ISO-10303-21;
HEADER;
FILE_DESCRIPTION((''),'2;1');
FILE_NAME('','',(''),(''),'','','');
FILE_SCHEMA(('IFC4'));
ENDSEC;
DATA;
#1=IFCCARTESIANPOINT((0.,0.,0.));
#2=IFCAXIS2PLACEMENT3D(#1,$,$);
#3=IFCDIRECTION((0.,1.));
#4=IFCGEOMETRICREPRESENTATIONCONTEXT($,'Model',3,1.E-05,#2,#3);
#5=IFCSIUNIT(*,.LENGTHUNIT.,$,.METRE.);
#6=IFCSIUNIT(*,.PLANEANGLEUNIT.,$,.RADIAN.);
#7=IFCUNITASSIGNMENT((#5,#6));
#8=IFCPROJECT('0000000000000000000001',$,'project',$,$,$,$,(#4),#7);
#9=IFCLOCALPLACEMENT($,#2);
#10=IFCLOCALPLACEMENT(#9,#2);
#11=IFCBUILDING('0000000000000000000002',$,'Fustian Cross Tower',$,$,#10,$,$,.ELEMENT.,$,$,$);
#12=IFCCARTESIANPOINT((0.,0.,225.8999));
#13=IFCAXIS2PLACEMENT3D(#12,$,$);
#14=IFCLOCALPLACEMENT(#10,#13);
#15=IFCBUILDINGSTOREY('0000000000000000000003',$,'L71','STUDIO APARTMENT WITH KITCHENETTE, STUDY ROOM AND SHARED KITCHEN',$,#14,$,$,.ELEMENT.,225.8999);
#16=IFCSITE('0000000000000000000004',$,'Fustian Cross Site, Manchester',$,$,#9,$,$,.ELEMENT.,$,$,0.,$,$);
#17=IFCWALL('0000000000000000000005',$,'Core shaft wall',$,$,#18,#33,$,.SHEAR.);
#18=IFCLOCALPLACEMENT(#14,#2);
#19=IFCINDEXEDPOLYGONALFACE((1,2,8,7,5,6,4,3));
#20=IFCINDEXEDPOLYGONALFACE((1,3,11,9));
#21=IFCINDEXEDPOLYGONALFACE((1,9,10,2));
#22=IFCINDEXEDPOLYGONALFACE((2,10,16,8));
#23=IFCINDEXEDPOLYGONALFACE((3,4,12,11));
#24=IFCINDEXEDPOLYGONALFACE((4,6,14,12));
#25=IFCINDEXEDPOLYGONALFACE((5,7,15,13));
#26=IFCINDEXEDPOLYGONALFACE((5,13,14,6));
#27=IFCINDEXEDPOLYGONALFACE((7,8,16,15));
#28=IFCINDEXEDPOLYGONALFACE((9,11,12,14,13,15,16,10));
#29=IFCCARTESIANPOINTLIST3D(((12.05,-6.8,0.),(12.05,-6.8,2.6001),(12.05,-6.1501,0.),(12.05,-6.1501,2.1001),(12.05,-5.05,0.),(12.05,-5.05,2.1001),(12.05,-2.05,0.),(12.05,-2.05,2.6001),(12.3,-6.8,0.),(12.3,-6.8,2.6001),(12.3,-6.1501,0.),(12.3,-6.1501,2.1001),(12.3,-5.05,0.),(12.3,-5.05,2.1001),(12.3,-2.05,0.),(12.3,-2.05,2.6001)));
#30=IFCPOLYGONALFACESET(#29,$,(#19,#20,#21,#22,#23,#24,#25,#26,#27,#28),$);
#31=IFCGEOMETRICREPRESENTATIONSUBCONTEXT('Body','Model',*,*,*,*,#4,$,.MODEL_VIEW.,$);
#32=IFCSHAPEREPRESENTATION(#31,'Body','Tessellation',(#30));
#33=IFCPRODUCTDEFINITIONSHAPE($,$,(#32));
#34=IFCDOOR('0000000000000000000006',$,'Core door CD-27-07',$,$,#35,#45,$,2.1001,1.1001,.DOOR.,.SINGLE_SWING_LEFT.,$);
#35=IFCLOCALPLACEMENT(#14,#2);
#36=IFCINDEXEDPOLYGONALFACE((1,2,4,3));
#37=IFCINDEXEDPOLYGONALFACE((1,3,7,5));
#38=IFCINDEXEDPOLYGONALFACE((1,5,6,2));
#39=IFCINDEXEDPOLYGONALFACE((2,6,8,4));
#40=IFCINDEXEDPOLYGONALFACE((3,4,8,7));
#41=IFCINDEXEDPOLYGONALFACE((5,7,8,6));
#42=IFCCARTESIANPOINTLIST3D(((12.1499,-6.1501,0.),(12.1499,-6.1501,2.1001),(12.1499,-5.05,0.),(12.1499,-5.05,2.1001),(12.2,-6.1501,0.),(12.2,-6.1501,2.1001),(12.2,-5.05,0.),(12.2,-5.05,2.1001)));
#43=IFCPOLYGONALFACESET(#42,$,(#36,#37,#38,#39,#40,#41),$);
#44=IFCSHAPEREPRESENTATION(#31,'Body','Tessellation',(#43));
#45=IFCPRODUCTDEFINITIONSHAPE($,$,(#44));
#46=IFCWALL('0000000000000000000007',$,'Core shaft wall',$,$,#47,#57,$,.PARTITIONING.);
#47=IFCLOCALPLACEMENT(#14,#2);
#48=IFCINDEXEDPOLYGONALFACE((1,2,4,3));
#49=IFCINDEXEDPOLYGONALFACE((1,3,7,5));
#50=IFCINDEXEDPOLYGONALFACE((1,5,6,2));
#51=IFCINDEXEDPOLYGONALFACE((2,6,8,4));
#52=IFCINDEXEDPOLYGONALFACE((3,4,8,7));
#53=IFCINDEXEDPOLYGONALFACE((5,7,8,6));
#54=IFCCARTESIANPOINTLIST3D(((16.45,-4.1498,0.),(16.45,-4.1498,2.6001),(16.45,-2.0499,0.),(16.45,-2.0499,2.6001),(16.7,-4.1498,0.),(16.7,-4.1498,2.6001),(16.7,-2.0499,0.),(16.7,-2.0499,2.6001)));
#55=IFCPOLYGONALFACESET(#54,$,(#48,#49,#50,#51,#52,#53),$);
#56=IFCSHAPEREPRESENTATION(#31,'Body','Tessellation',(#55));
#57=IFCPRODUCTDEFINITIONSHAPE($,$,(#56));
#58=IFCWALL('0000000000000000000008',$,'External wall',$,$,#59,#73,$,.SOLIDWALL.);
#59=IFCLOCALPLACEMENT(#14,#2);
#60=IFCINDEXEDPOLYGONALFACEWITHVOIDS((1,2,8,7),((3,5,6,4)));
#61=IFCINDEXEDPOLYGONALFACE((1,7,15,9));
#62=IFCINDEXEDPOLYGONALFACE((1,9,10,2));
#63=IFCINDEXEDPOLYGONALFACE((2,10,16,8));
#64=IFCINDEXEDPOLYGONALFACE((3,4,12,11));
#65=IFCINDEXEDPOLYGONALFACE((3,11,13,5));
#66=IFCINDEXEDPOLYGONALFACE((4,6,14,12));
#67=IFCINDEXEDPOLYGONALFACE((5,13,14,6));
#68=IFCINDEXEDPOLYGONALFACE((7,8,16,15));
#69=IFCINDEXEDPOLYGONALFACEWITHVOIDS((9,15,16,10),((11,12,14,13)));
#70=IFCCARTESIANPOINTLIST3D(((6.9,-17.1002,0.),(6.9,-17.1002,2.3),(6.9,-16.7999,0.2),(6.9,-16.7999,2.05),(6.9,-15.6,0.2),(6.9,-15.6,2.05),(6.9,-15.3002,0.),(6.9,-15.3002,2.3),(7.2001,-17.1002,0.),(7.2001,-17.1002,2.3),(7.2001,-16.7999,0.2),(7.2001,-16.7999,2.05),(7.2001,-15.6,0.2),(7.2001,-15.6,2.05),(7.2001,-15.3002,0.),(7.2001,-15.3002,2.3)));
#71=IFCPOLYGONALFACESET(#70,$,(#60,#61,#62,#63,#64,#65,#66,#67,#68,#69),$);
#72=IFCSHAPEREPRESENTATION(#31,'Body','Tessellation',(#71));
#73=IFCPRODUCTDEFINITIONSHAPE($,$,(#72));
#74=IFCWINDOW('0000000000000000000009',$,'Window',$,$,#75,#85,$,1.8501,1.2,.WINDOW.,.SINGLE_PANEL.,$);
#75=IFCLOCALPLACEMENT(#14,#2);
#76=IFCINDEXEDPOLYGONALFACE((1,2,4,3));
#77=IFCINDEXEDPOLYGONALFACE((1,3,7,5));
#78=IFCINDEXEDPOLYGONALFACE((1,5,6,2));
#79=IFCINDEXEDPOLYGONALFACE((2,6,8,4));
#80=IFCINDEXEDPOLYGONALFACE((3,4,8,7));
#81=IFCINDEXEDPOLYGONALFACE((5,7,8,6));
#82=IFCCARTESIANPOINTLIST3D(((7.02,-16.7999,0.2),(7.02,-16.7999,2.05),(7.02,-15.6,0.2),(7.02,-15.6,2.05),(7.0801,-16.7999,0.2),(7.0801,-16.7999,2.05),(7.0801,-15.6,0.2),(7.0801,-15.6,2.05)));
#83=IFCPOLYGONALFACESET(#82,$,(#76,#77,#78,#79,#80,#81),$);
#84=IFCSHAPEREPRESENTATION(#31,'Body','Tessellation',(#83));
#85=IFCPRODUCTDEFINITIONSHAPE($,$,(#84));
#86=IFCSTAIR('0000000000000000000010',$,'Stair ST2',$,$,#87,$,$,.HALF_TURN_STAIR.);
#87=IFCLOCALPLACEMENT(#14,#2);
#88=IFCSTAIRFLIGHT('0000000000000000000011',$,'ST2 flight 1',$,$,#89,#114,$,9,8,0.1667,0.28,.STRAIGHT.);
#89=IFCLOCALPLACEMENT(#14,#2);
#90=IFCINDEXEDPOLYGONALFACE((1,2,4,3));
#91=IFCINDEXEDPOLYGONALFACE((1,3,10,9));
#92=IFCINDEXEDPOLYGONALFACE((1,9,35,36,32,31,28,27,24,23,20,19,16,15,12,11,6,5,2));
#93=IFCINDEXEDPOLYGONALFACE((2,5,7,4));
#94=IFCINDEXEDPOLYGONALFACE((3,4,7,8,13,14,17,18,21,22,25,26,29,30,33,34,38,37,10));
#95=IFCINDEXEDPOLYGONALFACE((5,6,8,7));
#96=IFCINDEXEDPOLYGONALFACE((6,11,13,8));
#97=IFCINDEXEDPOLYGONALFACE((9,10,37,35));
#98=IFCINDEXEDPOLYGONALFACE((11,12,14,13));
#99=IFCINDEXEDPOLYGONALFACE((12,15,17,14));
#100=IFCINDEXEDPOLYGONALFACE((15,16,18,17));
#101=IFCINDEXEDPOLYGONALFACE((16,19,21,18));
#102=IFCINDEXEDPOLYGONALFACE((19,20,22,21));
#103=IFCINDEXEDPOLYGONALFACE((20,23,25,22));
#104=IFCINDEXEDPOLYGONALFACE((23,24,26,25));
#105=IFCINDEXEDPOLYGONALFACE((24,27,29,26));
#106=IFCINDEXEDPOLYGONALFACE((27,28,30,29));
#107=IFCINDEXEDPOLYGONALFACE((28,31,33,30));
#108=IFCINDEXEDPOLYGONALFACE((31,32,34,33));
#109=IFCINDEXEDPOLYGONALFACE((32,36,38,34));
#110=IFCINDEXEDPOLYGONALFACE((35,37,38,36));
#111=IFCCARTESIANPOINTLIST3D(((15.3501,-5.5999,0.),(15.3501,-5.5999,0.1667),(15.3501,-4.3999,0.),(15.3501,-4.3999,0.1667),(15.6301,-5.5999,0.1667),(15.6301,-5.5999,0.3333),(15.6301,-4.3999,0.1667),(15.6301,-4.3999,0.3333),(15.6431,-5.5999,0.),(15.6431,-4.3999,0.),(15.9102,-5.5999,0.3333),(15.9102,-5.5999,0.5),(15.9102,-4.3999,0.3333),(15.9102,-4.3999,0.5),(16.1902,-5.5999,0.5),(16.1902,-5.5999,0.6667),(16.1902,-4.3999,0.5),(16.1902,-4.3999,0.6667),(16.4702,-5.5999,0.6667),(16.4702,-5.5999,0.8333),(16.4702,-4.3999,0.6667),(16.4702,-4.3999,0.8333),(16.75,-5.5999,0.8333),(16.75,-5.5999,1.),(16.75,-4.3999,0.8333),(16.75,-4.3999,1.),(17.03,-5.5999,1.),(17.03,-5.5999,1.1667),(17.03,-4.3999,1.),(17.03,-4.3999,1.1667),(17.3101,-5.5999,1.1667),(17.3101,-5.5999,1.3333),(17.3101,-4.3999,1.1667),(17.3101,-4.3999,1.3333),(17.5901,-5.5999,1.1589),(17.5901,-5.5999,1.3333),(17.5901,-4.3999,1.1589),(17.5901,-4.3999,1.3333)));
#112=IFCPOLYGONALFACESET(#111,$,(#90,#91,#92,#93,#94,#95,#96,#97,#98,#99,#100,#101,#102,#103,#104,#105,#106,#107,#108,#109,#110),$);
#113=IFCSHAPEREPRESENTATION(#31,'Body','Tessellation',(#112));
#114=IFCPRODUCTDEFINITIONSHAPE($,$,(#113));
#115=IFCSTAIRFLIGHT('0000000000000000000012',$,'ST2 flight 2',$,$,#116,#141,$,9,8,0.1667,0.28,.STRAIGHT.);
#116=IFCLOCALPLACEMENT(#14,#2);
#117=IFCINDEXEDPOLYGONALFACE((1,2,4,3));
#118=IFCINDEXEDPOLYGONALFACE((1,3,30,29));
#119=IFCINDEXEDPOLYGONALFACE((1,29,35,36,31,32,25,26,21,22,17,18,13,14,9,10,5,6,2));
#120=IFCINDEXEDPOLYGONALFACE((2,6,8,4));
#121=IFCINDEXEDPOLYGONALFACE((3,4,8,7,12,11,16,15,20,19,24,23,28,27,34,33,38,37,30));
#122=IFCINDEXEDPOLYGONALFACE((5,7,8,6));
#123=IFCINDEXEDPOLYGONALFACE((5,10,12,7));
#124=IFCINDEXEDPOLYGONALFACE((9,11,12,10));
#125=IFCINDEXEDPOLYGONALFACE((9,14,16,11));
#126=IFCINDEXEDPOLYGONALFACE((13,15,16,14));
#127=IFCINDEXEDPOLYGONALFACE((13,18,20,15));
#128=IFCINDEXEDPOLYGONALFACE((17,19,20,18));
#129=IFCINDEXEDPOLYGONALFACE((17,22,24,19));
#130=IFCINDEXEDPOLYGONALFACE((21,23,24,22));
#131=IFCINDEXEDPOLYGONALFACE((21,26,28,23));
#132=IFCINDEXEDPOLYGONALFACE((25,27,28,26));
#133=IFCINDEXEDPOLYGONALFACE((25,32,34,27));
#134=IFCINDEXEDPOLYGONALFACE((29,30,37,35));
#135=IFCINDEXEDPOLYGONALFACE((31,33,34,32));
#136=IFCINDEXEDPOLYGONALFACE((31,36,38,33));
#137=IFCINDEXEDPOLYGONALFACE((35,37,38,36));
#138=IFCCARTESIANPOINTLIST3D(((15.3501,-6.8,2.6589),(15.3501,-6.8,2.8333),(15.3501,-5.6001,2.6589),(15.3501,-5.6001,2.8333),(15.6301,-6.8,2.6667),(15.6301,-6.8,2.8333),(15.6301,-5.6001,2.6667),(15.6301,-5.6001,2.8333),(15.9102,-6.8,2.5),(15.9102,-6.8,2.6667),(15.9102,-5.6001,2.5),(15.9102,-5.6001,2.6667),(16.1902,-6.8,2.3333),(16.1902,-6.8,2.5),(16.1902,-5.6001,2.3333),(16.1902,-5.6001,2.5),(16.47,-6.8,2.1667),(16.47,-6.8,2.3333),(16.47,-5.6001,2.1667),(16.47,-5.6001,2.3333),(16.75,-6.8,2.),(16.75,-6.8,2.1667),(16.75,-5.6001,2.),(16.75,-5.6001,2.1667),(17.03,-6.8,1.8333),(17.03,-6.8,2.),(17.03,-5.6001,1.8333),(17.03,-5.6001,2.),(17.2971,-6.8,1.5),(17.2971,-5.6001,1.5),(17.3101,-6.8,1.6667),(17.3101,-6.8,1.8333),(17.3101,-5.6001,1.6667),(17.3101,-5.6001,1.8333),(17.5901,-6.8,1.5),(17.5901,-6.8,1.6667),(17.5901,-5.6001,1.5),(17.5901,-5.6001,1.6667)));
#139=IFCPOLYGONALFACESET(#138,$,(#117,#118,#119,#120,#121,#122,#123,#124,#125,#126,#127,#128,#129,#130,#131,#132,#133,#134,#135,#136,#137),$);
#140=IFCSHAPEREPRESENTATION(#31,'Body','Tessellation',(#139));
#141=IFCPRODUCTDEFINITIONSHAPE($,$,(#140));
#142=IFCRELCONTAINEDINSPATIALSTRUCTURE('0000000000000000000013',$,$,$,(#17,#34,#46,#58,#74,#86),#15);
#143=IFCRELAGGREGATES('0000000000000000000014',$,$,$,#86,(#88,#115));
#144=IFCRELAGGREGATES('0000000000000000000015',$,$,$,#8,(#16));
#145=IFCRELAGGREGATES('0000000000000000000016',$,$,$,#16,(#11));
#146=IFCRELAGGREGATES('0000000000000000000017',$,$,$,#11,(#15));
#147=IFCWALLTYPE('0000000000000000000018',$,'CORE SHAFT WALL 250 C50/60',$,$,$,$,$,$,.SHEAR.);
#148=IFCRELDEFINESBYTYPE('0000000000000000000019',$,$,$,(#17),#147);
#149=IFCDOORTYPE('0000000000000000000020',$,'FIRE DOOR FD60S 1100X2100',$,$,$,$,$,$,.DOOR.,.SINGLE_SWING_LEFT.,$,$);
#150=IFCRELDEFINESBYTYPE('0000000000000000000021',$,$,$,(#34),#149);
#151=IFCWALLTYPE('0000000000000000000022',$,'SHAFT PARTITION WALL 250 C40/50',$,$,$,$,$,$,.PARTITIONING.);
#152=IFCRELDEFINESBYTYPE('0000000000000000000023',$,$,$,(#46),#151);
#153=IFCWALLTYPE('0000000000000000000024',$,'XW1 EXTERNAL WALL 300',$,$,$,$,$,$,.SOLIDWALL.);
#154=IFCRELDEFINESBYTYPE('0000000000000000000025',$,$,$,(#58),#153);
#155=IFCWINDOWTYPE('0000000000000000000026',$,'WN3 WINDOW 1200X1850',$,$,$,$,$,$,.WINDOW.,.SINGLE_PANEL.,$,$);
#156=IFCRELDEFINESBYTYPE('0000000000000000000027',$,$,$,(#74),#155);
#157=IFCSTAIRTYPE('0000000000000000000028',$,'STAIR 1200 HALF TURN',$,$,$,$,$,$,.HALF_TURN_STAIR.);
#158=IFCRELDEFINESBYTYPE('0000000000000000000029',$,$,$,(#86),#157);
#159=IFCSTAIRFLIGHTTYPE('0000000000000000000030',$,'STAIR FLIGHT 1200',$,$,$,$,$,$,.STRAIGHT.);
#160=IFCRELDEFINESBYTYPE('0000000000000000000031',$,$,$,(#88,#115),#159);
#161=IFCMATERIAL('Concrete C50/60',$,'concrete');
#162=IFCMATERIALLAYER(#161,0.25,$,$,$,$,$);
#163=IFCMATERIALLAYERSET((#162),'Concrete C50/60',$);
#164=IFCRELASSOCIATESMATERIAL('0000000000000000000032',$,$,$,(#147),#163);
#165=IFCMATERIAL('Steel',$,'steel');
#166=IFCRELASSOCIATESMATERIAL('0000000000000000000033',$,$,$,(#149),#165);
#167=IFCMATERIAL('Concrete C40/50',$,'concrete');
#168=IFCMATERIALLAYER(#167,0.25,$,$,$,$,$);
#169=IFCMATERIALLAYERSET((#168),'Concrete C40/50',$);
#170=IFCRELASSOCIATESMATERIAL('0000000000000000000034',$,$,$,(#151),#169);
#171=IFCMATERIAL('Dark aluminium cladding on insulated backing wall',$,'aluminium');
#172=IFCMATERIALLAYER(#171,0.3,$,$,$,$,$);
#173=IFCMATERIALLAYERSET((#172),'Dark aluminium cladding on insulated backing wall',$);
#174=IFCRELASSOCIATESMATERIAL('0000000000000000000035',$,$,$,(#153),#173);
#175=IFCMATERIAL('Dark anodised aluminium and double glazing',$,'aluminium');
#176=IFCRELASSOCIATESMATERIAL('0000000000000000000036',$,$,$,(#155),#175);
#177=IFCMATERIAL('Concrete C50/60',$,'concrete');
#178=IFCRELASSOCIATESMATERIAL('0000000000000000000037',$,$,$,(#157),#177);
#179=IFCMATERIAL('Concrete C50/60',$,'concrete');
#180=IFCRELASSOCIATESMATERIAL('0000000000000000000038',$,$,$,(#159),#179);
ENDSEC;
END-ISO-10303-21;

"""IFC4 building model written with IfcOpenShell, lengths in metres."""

from ifc_helpers import new_model, si_unit, direction, frame, frame_2d, origin, place, context, subcontext, project, spatial, polyline, rectangle, outline, extrude, material, layer, layer_set, type_object, element, fill, aggregate, save


model = new_model("IFC4")

# Units and contexts
model_context = context("Model", 3, precision=1e-05, world=origin(), true_north=direction((0.0, 1.0)))
body_context = subcontext(model_context, "Body", "Model", "MODEL_VIEW")
ifc_project = project(units=[si_unit("LENGTHUNIT", "METRE"), si_unit("PLANEANGLEUNIT", "RADIAN")], contexts=[model_context])

# Site, building, storey
site_placement = place(None, origin())
site = spatial("IfcSite", under=ifc_project, at=site_placement, Name="Fustian Cross Site, Manchester", CompositionType="ELEMENT", RefElevation=0.0)
building_placement = place(site_placement, origin())
building = spatial("IfcBuilding", under=site, at=building_placement, Name="Fustian Cross Tower", CompositionType="ELEMENT")
storey_placement = place(building_placement, frame((0.0, 0.0, 225.8999)))
storey = spatial("IfcBuildingStorey", under=building, at=storey_placement, Name="L71", Description="STUDIO APARTMENT WITH KITCHENETTE, STUDY ROOM AND SHARED KITCHEN", CompositionType="ELEMENT", Elevation=225.8999)

# Shared definitions
ifc_material_1 = material(Name="Concrete C50/60", Category="concrete")
ifc_layer_1 = layer(ifc_material_1, 0.25)
ifc_layer_set_1 = layer_set([ifc_layer_1], Name="Concrete C50/60")
wall_type_1 = type_object("IfcWallType", Name="CORE SHAFT WALL 250 C50/60", PredefinedType="SHEAR", material=ifc_layer_set_1)

# Wall, opening, door
wall_1_placement = place(storey_placement, frame((12.175, -2.05, 0.0), z_axis=(0.0, 0.0, 1.0), x_axis=(0.0, -1.0, 0.0)))
wall_1 = element("IfcWall", 1, at=wall_1_placement, inside=storey, type_object=wall_type_1, Name="Core shaft wall", PredefinedType="SHEAR", context=body_context, shape_type="SweptSolid", body=[
    extrude(rectangle(XDim=4.75, YDim=0.25, at=frame_2d((2.375, 0.0))), origin(), (0.0, 0.0, 1.0), 2.6001),
])
opening_1_placement = place(wall_1_placement, frame((3.0, 0.0, 0.0)))
opening_1 = element("IfcOpeningElement", 2, at=opening_1_placement, cuts=wall_1, PredefinedType="OPENING", context=body_context, shape_type="SweptSolid", body=[
    extrude(rectangle(XDim=1.1001, YDim=2.1001, at=frame_2d((0.55, 1.05))), frame((0.0, 0.135, 0.0), z_axis=(0.0, -1.0, 0.0), x_axis=(1.0, 0.0, 0.0)), (0.0, 0.0, 1.0), 0.27),
])
ifc_material_2 = material(Name="Steel", Category="steel")
door_type_1 = type_object("IfcDoorType", Name="FIRE DOOR FD60S 1100X2100", OperationType="SINGLE_SWING_LEFT", PredefinedType="DOOR", material=ifc_material_2)
door_1_placement = place(opening_1_placement, origin())
door_1 = element("IfcDoor", 3, at=door_1_placement, inside=storey, type_object=door_type_1, Name="Core door CD-27-07", OperationType="SINGLE_SWING_LEFT", OverallHeight=2.1001, OverallWidth=1.1001, PredefinedType="DOOR", context=body_context, shape_type="SweptSolid", body=[
    extrude(rectangle(XDim=1.1001, YDim=2.1001, at=frame_2d((0.55, 1.05))), frame((0.0, 0.0249, 0.0), z_axis=(0.0, -1.0, 0.0), x_axis=(1.0, 0.0, 0.0)), (0.0, 0.0, 1.0), 0.05),
])
fill(opening_1, door_1)

# Wall
ifc_material_3 = material(Name="Concrete C40/50", Category="concrete")
ifc_layer_2 = layer(ifc_material_3, 0.25)
ifc_layer_set_2 = layer_set([ifc_layer_2], Name="Concrete C40/50")
wall_type_2 = type_object("IfcWallType", Name="SHAFT PARTITION WALL 250 C40/50", PredefinedType="PARTITIONING", material=ifc_layer_set_2)
wall_2_placement = place(storey_placement, frame((16.575, -2.05, 0.0), z_axis=(0.0, 0.0, 1.0), x_axis=(0.0, -1.0, 0.0)))
element("IfcWall", 4, at=wall_2_placement, inside=storey, type_object=wall_type_2, Name="Core shaft wall", PredefinedType="PARTITIONING", context=body_context, shape_type="SweptSolid", body=[
    extrude(rectangle(XDim=2.0999, YDim=0.25, at=frame_2d((1.0498, 0.0))), origin(), (0.0, 0.0, 1.0), 2.6001),
])

# Wall, opening, window
ifc_material_4 = material(Name="Dark aluminium cladding on insulated backing wall", Category="aluminium")
ifc_layer_3 = layer(ifc_material_4, 0.3)
ifc_layer_set_3 = layer_set([ifc_layer_3], Name="Dark aluminium cladding on insulated backing wall")
wall_type_3 = type_object("IfcWallType", Name="XW1 EXTERNAL WALL 300", PredefinedType="SOLIDWALL", material=ifc_layer_set_3)
wall_3_placement = place(storey_placement, frame((7.05, -17.1001, 0.0), z_axis=(0.0, 0.0, 1.0), x_axis=(0.0, 1.0, 0.0)))
wall_3 = element("IfcWall", 5, at=wall_3_placement, inside=storey, type_object=wall_type_3, Name="External wall", PredefinedType="SOLIDWALL", context=body_context, shape_type="SweptSolid", body=[
    extrude(rectangle(XDim=1.8, YDim=0.3, at=frame_2d((0.8999, 0.0))), origin(), (0.0, 0.0, 1.0), 2.3),
])
opening_2_placement = place(wall_3_placement, frame((0.3, 0.0, 0.2)))
opening_2 = element("IfcOpeningElement", 6, at=opening_2_placement, cuts=wall_3, PredefinedType="OPENING", context=body_context, shape_type="SweptSolid", body=[
    extrude(rectangle(XDim=1.2, YDim=1.8501, at=frame_2d((0.6001, 0.925))), frame((0.0, 0.1599, 0.0), z_axis=(0.0, -1.0, 0.0), x_axis=(1.0, 0.0, 0.0)), (0.0, 0.0, 1.0), 0.3201),
])
ifc_material_5 = material(Name="Dark anodised aluminium and double glazing", Category="aluminium")
window_type = type_object("IfcWindowType", Name="WN3 WINDOW 1200X1850", PartitioningType="SINGLE_PANEL", PredefinedType="WINDOW", material=ifc_material_5)
window_placement = place(opening_2_placement, origin())
window = element("IfcWindow", 7, at=window_placement, inside=storey, type_object=window_type, Name="Window", OverallHeight=1.8501, OverallWidth=1.2, PartitioningType="SINGLE_PANEL", PredefinedType="WINDOW", context=body_context, shape_type="SweptSolid", body=[
    extrude(rectangle(XDim=1.2, YDim=1.8501, at=frame_2d((0.6001, 0.925))), frame((0.0, 0.03, 0.0), z_axis=(0.0, -1.0, 0.0), x_axis=(1.0, 0.0, 0.0)), (0.0, 0.0, 1.0), 0.0601),
])
fill(opening_2, window)

# Stair, stair flights
ifc_material_6 = material(Name="Concrete C50/60", Category="concrete")
stair_type = type_object("IfcStairType", Name="STAIR 1200 HALF TURN", PredefinedType="HALF_TURN_STAIR", material=ifc_material_6)
stair_placement = place(storey_placement, origin())
stair = element("IfcStair", 8, at=stair_placement, inside=storey, type_object=stair_type, Name="Stair ST2", PredefinedType="HALF_TURN_STAIR")
ifc_material_7 = material(Name="Concrete C50/60", Category="concrete")
stair_flight_type = type_object("IfcStairFlightType", Name="STAIR FLIGHT 1200", PredefinedType="STRAIGHT", material=ifc_material_7)
stair_flight_1_placement = place(storey_placement, frame((15.3501, -5.0, 0.0), z_axis=(0.0, 0.0, 1.0), x_axis=(1.0, 0.0, 0.0)))
stair_flight_1 = element("IfcStairFlight", 9, at=stair_flight_1_placement, type_object=stair_flight_type, Name="ST2 flight 1", NumberOfRisers=9, NumberOfTreads=8, PredefinedType="STRAIGHT", RiserHeight=0.1667, TreadLength=0.28, context=body_context, shape_type="SweptSolid", body=[
    extrude(outline(polyline([(0.0, 0.0), (0.0, 0.1667), (0.28, 0.1667), (0.28, 0.3333), (0.5601, 0.3333), (0.5601, 0.5), (0.8401, 0.5), (0.8401, 0.6667), (1.1201, 0.6667), (1.1201, 0.8333), (1.3999, 0.8333), (1.3999, 1.0), (1.6799, 1.0), (1.6799, 1.1667), (1.96, 1.1667), (1.96, 1.3333), (2.24, 1.3333), (2.24, 1.5), (2.24, 1.1589), (0.293, 0.0), (0.0, 0.0)])), frame((0.0, 0.6001, 0.0), z_axis=(0.0, -1.0, 0.0), x_axis=(1.0, 0.0, 0.0)), (0.0, 0.0, 1.0), 1.2),
])
stair_flight_2_placement = place(storey_placement, frame((17.5901, -6.2, 1.5), z_axis=(0.0, 0.0, 1.0), x_axis=(-1.0, 0.0, 0.0)))
stair_flight_2 = element("IfcStairFlight", 10, at=stair_flight_2_placement, type_object=stair_flight_type, Name="ST2 flight 2", NumberOfRisers=9, NumberOfTreads=8, PredefinedType="STRAIGHT", RiserHeight=0.1667, TreadLength=0.28, context=body_context, shape_type="SweptSolid", body=[
    extrude(outline(polyline([(0.0, 0.0), (0.0, 0.1667), (0.28, 0.1667), (0.28, 0.3333), (0.5601, 0.3333), (0.5601, 0.5), (0.8401, 0.5), (0.8401, 0.6667), (1.1201, 0.6667), (1.1201, 0.8333), (1.3999, 0.8333), (1.3999, 1.0), (1.6799, 1.0), (1.6799, 1.1667), (1.96, 1.1667), (1.96, 1.3333), (2.24, 1.3333), (2.24, 1.5), (2.24, 1.1589), (0.293, 0.0), (0.0, 0.0)])), frame((0.0, 0.6001, 0.0), z_axis=(0.0, -1.0, 0.0), x_axis=(1.0, 0.0, 0.0)), (0.0, 0.0, 1.0), 1.2),
])
aggregate(stair, [stair_flight_1, stair_flight_2])

save(model, "model.ifc")
